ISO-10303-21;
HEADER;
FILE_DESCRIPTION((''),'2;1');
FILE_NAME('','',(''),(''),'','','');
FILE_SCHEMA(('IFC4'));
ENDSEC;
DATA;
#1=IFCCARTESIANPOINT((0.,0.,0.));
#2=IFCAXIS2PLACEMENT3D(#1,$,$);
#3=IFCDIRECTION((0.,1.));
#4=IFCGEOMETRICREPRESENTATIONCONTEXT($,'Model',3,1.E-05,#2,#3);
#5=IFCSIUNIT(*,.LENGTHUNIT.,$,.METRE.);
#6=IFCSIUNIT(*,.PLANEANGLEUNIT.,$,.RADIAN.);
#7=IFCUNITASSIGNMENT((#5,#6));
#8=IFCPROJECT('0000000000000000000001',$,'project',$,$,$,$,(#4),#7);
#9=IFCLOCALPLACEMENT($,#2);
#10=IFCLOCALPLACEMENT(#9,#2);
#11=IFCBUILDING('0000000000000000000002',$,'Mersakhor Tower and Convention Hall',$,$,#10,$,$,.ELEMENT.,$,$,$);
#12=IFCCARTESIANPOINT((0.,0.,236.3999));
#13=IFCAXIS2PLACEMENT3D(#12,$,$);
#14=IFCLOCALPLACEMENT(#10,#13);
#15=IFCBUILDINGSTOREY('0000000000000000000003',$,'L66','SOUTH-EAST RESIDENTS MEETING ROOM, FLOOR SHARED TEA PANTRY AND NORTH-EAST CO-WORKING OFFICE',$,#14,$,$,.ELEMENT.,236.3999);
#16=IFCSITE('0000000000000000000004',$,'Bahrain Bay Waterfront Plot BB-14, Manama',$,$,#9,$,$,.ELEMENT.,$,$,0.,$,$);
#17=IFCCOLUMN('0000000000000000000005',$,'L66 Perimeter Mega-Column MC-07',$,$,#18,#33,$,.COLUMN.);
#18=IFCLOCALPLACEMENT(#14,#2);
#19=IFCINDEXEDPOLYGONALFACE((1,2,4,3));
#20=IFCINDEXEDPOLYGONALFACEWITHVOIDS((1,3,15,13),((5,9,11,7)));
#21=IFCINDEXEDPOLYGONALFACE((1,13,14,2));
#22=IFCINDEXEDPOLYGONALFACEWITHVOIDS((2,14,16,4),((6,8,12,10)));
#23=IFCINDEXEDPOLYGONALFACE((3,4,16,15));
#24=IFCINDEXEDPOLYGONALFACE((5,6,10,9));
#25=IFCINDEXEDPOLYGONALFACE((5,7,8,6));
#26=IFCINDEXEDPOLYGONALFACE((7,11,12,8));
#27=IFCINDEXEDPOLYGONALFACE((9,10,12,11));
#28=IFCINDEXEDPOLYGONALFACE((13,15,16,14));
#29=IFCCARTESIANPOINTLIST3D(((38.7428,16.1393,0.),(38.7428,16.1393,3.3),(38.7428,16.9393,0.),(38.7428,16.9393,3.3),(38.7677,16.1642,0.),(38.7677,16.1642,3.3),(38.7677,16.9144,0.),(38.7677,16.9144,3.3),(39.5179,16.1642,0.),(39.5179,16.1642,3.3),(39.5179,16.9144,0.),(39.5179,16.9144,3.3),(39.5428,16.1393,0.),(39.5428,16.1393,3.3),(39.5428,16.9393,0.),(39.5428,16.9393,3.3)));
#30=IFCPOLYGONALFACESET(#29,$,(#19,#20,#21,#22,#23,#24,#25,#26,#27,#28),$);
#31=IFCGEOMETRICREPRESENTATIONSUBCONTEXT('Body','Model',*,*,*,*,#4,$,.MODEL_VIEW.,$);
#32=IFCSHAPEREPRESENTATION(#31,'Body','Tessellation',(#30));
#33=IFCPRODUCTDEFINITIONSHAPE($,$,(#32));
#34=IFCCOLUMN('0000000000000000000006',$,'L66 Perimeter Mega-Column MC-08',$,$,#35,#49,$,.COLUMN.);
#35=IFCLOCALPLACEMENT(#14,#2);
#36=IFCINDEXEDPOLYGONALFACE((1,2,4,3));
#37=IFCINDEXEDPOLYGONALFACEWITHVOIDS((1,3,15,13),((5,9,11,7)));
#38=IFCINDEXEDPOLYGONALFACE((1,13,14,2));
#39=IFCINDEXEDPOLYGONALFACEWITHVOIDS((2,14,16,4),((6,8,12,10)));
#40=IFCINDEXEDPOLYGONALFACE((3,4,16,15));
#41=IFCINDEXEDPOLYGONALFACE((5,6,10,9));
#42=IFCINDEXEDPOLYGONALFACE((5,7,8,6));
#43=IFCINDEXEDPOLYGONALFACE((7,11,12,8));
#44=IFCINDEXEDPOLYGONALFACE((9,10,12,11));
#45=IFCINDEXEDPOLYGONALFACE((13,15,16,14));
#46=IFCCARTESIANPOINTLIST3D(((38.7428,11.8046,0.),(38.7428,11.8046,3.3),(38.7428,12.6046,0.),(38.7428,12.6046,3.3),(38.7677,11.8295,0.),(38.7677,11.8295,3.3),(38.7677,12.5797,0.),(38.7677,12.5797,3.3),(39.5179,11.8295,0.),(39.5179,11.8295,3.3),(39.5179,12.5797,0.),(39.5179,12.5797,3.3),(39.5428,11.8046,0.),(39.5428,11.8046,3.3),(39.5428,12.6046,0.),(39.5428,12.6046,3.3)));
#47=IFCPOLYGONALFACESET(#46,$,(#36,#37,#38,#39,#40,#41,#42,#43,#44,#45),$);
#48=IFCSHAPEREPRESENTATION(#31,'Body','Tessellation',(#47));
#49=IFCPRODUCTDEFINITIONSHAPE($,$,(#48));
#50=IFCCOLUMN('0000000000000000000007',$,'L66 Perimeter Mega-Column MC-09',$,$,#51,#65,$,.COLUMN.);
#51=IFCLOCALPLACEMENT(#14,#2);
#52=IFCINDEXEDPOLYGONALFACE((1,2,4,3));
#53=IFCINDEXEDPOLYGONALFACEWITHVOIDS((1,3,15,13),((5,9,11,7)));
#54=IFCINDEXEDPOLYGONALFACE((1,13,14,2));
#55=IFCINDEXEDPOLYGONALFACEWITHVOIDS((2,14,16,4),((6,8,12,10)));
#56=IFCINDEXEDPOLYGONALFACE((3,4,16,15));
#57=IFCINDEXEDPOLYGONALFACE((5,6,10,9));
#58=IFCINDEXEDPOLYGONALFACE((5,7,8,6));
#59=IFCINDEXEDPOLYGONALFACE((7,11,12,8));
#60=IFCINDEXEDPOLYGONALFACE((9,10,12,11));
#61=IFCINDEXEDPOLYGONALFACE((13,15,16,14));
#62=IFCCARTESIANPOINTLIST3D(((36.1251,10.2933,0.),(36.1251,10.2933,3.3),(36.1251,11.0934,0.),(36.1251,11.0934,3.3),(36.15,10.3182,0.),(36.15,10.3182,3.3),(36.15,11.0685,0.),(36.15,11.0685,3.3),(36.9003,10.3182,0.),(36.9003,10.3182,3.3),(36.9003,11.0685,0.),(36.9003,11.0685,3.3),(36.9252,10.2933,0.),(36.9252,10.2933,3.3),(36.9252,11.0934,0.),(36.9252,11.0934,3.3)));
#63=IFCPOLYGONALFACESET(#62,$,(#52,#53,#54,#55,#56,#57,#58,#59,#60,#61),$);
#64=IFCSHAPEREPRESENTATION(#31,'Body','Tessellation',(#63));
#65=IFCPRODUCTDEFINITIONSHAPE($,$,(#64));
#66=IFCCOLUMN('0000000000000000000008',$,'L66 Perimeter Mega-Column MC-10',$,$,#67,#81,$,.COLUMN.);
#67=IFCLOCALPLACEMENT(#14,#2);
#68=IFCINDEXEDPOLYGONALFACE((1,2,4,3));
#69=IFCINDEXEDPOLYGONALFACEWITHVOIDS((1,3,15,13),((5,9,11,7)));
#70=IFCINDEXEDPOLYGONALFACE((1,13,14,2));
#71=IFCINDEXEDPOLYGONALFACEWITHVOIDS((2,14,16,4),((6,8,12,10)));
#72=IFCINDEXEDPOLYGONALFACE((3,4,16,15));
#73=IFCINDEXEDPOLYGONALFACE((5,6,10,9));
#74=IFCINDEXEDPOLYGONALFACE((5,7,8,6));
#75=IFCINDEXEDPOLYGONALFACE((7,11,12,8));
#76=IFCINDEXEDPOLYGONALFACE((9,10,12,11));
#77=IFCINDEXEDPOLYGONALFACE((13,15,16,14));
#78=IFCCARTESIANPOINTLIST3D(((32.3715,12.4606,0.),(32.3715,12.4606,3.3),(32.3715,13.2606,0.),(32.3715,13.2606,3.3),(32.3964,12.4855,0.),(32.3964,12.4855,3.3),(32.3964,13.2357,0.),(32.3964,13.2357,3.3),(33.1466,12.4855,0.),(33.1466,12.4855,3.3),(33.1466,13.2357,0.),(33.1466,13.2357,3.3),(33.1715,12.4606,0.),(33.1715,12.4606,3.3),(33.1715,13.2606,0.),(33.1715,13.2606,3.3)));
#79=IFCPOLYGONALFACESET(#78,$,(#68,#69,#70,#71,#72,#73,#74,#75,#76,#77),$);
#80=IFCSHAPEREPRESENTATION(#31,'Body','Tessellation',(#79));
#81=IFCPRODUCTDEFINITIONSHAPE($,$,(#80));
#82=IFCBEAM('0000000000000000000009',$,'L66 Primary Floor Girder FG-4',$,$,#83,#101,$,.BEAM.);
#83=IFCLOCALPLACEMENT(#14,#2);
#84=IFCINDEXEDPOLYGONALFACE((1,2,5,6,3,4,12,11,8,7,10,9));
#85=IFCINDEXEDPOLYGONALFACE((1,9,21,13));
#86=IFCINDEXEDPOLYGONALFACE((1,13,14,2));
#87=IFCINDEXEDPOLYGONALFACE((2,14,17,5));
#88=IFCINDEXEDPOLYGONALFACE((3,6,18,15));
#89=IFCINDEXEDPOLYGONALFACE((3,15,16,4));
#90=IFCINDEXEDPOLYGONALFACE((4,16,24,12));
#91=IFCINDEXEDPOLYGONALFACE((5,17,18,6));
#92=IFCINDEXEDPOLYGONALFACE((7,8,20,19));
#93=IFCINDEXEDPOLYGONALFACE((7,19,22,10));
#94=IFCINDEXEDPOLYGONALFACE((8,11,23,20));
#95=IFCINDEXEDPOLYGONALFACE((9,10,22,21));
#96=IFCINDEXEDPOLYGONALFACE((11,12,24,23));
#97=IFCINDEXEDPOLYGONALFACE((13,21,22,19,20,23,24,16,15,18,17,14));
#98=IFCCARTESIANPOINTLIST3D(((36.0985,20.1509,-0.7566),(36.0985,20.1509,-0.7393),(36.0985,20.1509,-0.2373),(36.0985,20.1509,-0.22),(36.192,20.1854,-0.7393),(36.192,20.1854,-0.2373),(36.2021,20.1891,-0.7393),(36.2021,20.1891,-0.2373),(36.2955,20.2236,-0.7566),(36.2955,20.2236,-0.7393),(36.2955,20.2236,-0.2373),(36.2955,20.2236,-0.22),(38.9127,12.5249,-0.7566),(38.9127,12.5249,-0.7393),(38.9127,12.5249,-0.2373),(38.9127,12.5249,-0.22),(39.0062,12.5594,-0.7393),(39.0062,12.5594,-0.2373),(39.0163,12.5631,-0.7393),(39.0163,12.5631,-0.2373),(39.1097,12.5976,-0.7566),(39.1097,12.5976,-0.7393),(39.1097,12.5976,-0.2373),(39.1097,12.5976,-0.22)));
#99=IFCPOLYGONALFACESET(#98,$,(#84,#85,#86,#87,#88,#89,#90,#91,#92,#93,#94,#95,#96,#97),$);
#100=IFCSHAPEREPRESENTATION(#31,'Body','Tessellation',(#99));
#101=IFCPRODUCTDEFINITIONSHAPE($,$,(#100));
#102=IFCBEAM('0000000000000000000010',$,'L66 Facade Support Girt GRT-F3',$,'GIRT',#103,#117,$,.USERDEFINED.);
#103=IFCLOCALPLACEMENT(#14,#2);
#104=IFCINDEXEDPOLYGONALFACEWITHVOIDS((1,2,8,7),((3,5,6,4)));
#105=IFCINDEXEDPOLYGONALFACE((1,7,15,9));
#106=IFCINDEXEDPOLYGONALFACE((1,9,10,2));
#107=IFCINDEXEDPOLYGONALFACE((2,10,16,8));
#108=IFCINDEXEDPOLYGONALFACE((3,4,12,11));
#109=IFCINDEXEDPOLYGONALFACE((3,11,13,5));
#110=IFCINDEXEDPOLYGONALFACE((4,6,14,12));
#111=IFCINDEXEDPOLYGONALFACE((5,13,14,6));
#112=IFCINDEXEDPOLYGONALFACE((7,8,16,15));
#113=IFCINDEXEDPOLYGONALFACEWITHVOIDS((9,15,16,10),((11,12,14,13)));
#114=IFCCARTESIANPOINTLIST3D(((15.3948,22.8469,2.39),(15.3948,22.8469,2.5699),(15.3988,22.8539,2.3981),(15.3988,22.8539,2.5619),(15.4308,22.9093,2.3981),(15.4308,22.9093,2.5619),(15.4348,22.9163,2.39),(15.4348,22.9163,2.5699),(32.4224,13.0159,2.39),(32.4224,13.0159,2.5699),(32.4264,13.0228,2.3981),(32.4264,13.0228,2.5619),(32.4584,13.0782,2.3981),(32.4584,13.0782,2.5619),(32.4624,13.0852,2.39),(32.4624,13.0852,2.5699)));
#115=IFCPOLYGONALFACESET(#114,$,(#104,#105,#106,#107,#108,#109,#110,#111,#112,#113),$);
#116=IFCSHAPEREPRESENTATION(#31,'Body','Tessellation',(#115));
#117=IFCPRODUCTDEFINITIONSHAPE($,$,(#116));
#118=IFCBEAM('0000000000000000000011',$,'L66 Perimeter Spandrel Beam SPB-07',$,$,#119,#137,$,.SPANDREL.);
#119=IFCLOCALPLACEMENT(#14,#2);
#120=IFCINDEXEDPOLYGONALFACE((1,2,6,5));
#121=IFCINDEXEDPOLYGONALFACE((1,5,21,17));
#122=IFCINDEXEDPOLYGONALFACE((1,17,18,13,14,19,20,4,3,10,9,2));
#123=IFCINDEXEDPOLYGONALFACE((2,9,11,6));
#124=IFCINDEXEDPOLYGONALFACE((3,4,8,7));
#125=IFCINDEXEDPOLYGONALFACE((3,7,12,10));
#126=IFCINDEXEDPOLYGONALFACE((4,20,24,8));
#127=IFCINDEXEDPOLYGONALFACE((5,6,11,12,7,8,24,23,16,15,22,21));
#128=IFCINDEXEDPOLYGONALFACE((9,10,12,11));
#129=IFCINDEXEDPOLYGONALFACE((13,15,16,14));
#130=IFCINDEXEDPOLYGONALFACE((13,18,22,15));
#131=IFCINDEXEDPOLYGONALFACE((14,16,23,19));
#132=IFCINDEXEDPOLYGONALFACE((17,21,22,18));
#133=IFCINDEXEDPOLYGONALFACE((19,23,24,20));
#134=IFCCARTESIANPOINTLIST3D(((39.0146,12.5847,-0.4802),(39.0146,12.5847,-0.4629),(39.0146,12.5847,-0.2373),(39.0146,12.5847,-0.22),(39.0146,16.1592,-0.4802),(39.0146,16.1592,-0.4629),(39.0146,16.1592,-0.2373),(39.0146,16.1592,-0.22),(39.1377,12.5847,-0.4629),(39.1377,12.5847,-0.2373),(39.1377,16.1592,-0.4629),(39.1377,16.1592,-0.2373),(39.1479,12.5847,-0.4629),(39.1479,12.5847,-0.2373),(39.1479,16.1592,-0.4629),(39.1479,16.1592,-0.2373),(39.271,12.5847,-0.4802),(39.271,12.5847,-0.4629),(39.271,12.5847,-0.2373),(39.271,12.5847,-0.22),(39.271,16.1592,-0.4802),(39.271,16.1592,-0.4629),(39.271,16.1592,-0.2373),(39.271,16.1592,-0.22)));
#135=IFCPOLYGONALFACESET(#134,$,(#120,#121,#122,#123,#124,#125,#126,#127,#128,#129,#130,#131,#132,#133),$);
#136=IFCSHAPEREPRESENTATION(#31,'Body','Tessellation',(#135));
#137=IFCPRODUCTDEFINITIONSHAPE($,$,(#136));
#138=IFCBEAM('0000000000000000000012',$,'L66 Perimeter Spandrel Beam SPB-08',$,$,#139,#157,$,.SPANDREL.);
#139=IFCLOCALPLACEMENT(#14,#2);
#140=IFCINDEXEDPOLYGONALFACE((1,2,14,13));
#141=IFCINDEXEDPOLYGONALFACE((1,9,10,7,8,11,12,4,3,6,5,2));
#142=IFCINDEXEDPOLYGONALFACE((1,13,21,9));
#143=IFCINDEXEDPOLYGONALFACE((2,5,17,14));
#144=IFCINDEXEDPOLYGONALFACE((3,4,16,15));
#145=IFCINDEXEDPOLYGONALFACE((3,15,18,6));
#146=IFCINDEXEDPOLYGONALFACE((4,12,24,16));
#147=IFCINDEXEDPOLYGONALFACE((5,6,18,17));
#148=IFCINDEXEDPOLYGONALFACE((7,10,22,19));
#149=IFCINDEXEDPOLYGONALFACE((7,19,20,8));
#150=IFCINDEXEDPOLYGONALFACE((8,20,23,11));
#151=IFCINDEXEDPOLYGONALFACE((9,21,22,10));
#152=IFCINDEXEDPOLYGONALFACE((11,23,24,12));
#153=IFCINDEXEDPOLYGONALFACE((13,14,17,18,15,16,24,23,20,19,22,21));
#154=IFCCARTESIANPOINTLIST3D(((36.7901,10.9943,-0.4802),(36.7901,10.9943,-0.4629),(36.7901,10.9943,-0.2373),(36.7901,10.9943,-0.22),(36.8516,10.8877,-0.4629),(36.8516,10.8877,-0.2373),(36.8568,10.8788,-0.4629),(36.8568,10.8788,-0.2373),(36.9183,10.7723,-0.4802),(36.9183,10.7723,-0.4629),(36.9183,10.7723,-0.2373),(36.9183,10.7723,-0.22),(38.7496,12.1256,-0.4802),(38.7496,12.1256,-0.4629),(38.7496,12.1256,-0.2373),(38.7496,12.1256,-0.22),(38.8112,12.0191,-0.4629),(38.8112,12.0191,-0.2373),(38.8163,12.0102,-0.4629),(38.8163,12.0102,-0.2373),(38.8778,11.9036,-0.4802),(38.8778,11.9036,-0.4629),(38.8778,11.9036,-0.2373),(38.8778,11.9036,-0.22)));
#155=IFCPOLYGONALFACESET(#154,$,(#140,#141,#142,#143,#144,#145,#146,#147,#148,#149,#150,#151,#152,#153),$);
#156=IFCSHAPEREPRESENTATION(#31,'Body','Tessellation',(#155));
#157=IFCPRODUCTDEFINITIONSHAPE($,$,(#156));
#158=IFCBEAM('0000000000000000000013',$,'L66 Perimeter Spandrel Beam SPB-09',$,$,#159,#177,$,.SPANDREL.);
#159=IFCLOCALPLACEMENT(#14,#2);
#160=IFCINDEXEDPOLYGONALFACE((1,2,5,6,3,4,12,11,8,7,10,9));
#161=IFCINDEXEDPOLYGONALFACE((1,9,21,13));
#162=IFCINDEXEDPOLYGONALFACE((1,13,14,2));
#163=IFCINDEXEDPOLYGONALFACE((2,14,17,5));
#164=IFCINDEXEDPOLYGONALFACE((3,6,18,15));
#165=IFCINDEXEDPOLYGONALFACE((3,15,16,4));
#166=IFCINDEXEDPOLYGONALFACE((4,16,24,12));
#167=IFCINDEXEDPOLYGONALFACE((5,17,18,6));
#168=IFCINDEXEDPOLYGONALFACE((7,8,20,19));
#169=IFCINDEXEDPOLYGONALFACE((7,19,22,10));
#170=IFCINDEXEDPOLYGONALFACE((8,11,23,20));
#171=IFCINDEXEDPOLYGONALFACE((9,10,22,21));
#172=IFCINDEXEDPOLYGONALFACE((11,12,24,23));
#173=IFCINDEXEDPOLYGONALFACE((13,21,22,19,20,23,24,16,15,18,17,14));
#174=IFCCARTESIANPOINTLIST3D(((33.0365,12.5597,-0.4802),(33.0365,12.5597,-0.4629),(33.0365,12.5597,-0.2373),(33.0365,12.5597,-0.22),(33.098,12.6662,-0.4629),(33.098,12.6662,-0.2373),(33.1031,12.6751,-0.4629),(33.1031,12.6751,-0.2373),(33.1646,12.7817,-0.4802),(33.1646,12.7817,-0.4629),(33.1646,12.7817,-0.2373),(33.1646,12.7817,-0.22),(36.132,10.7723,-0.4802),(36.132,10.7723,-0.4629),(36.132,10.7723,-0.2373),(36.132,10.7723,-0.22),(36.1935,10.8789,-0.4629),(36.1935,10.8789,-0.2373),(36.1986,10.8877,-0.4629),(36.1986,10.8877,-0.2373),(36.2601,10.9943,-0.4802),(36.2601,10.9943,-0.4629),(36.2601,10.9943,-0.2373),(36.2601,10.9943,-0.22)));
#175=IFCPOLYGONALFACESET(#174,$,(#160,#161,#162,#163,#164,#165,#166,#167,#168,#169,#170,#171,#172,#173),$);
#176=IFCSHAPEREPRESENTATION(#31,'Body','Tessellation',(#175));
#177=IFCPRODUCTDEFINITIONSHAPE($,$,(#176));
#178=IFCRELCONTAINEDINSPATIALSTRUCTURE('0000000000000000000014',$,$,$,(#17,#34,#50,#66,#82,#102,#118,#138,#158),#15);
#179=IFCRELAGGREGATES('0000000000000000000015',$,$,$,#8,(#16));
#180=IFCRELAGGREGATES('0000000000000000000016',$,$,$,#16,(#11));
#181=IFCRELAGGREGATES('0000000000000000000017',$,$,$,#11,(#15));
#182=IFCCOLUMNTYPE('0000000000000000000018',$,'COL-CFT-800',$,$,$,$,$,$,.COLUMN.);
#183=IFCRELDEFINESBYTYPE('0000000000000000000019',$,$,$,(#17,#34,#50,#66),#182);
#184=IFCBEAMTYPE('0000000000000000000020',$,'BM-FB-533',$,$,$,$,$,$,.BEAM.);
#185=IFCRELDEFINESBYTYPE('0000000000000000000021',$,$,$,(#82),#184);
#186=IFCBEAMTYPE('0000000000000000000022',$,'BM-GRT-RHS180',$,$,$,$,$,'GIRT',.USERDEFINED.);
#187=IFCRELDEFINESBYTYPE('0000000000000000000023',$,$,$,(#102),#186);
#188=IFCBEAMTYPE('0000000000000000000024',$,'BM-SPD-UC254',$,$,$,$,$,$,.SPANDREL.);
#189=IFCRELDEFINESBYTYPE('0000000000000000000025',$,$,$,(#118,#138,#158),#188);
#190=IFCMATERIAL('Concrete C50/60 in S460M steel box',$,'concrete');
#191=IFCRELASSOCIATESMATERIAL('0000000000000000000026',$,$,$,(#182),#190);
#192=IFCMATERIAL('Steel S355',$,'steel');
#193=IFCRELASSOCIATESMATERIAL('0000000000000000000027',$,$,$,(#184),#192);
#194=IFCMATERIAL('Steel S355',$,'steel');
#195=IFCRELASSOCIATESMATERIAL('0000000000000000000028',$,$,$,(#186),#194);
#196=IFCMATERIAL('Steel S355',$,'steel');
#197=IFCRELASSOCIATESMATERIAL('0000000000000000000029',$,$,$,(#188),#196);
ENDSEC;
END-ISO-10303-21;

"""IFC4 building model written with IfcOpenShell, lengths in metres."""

from ifc_helpers import new_model, si_unit, direction, frame, origin, origin_2d, place, context, subcontext, project, spatial, hollow_rectangle, i_section, extrude, material, material_profile, profile_set, type_object, element, save


model = new_model("IFC4")

# Units and contexts
model_context = context("Model", 3, precision=1e-05, world=origin(), true_north=direction((0.0, 1.0)))
body_context = subcontext(model_context, "Body", "Model", "MODEL_VIEW")
ifc_project = project(units=[si_unit("LENGTHUNIT", "METRE"), si_unit("PLANEANGLEUNIT", "RADIAN")], contexts=[model_context])

# Site, building, storey
site_placement = place(None, origin())
site = spatial("IfcSite", under=ifc_project, at=site_placement, Name="Bahrain Bay Waterfront Plot BB-14, Manama", CompositionType="ELEMENT", RefElevation=0.0)
building_placement = place(site_placement, origin())
building = spatial("IfcBuilding", under=site, at=building_placement, Name="Mersakhor Tower and Convention Hall", CompositionType="ELEMENT")
storey_placement = place(building_placement, frame((0.0, 0.0, 236.3999)))
storey = spatial("IfcBuildingStorey", under=building, at=storey_placement, Name="L66", Description="SOUTH-EAST RESIDENTS MEETING ROOM, FLOOR SHARED TEA PANTRY AND NORTH-EAST CO-WORKING OFFICE", CompositionType="ELEMENT", Elevation=236.3999)

# Columns
ifc_material_1 = material(Name="Concrete C50/60 in S460M steel box", Category="concrete")
ifc_material_profile_1 = material_profile(ifc_material_1, hollow_rectangle(XDim=0.8, YDim=0.8, WallThickness=0.0249, at=origin_2d()), Name="SHS 800x800x25")
ifc_profile_set_1 = profile_set([ifc_material_profile_1], Name="Concrete C50/60 in S460M steel box")
column_type = type_object("IfcColumnType", Name="COL-CFT-800", PredefinedType="COLUMN", material=ifc_profile_set_1)
for number, where, z_axis, x_axis, name in (
    (1, (39.1428, 16.5393, 0.0), (0.0, 0.0, 1.0), (1.0, 0.0, 0.0), "L66 Perimeter Mega-Column MC-07"),
    (2, (39.1428, 12.2046, 0.0), (0.0, 0.0, 1.0), (1.0, 0.0, 0.0), "L66 Perimeter Mega-Column MC-08"),
    (3, (36.5251, 10.6934, 0.0), (0.0, 0.0, 1.0), (1.0, 0.0, 0.0), "L66 Perimeter Mega-Column MC-09"),
    (4, (32.7715, 12.8606, 0.0), (0.0, 0.0, 1.0), (1.0, 0.0, 0.0), "L66 Perimeter Mega-Column MC-10"),
):
    element("IfcColumn", number, at=place(storey_placement, frame(where, z_axis=z_axis, x_axis=x_axis)), inside=storey, type_object=column_type, Name=name, PredefinedType="COLUMN", context=body_context, shape_type="SweptSolid", body=[
        extrude(hollow_rectangle(XDim=0.8, YDim=0.8, WallThickness=0.0249, at=origin_2d()), origin(), (0.0, 0.0, 1.0), 3.3),
    ])

# Beams
ifc_material_2 = material(Name="Steel S355", Category="steel")
ifc_material_profile_2 = material_profile(ifc_material_2, i_section(OverallWidth=0.21, OverallDepth=0.5366, WebThickness=0.0107, FlangeThickness=0.0173, at=origin_2d()), Name="UB 533x210x101")
ifc_profile_set_2 = profile_set([ifc_material_profile_2], Name="Steel S355")
beam_type_1 = type_object("IfcBeamType", Name="BM-FB-533", PredefinedType="BEAM", material=ifc_profile_set_2)
beam_1_placement = place(storey_placement, frame((36.197, 20.1873, -0.4883), z_axis=(0.346208, -0.938158, 0.0), x_axis=(0.938158, 0.346208, 0.0)))
element("IfcBeam", 5, at=beam_1_placement, inside=storey, type_object=beam_type_1, Name="L66 Primary Floor Girder FG-4", PredefinedType="BEAM", context=body_context, shape_type="SweptSolid", body=[
    extrude(i_section(OverallWidth=0.21, OverallDepth=0.5366, WebThickness=0.0107, FlangeThickness=0.0173, at=origin_2d()), origin(), (0.0, 0.0, 1.0), 8.1287),
])
ifc_material_3 = material(Name="Steel S355", Category="steel")
ifc_material_profile_3 = material_profile(ifc_material_3, hollow_rectangle(XDim=0.0801, YDim=0.1799, WallThickness=0.0081, at=origin_2d()), Name="RHS 180x80x8")
ifc_profile_set_3 = profile_set([ifc_material_profile_3], Name="Steel S355")
beam_type_2 = type_object("IfcBeamType", Name="BM-GRT-RHS180", ElementType="GIRT", PredefinedType="USERDEFINED", material=ifc_profile_set_3)
beam_2_placement = place(storey_placement, frame((32.4424, 13.0505, 2.48), z_axis=(-0.866022, 0.500007, 0.0), x_axis=(-0.500007, -0.866022, 0.0)))
element("IfcBeam", 6, at=beam_2_placement, inside=storey, type_object=beam_type_2, Name="L66 Facade Support Girt GRT-F3", ObjectType="GIRT", PredefinedType="USERDEFINED", context=body_context, shape_type="SweptSolid", body=[
    extrude(hollow_rectangle(XDim=0.0801, YDim=0.1799, WallThickness=0.0081, at=origin_2d()), origin(), (0.0, 0.0, 1.0), 19.6619),
])
ifc_material_4 = material(Name="Steel S355", Category="steel")
ifc_material_profile_4 = material_profile(ifc_material_4, i_section(OverallWidth=0.2563, OverallDepth=0.2603, WebThickness=0.0103, FlangeThickness=0.0173, at=origin_2d()), Name="UC 254x254x89")
ifc_profile_set_4 = profile_set([ifc_material_profile_4], Name="Steel S355")
beam_type_3 = type_object("IfcBeamType", Name="BM-SPD-UC254", PredefinedType="SPANDREL", material=ifc_profile_set_4)
beam_3_placement = place(storey_placement, frame((39.1428, 16.1592, -0.3501), z_axis=(0.0, -1.0, 0.0), x_axis=(1.0, 0.0, 0.0)))
element("IfcBeam", 7, at=beam_3_placement, inside=storey, type_object=beam_type_3, Name="L66 Perimeter Spandrel Beam SPB-07", PredefinedType="SPANDREL", context=body_context, shape_type="SweptSolid", body=[
    extrude(i_section(OverallWidth=0.2563, OverallDepth=0.2603, WebThickness=0.0103, FlangeThickness=0.0173, at=origin_2d()), origin(), (0.0, 0.0, 1.0), 3.5745),
])
beam_4_placement = place(storey_placement, frame((38.8137, 12.0146, -0.3501), z_axis=(-0.866017, -0.500015, 0.0), x_axis=(0.500015, -0.866017, 0.0)))
element("IfcBeam", 8, at=beam_4_placement, inside=storey, type_object=beam_type_3, Name="L66 Perimeter Spandrel Beam SPB-08", PredefinedType="SPANDREL", context=body_context, shape_type="SweptSolid", body=[
    extrude(i_section(OverallWidth=0.2563, OverallDepth=0.2603, WebThickness=0.0103, FlangeThickness=0.0173, at=origin_2d()), origin(), (0.0, 0.0, 1.0), 2.2627),
])
beam_5_placement = place(storey_placement, frame((36.196, 10.8833, -0.3501), z_axis=(-0.866002, 0.50004, 0.0), x_axis=(-0.50004, -0.866002, 0.0)))
element("IfcBeam", 9, at=beam_5_placement, inside=storey, type_object=beam_type_3, Name="L66 Perimeter Spandrel Beam SPB-09", PredefinedType="SPANDREL", context=body_context, shape_type="SweptSolid", body=[
    extrude(i_section(OverallWidth=0.2563, OverallDepth=0.2603, WebThickness=0.0103, FlangeThickness=0.0173, at=origin_2d()), origin(), (0.0, 0.0, 1.0), 3.5745),
])

save(model, "model.ifc")
